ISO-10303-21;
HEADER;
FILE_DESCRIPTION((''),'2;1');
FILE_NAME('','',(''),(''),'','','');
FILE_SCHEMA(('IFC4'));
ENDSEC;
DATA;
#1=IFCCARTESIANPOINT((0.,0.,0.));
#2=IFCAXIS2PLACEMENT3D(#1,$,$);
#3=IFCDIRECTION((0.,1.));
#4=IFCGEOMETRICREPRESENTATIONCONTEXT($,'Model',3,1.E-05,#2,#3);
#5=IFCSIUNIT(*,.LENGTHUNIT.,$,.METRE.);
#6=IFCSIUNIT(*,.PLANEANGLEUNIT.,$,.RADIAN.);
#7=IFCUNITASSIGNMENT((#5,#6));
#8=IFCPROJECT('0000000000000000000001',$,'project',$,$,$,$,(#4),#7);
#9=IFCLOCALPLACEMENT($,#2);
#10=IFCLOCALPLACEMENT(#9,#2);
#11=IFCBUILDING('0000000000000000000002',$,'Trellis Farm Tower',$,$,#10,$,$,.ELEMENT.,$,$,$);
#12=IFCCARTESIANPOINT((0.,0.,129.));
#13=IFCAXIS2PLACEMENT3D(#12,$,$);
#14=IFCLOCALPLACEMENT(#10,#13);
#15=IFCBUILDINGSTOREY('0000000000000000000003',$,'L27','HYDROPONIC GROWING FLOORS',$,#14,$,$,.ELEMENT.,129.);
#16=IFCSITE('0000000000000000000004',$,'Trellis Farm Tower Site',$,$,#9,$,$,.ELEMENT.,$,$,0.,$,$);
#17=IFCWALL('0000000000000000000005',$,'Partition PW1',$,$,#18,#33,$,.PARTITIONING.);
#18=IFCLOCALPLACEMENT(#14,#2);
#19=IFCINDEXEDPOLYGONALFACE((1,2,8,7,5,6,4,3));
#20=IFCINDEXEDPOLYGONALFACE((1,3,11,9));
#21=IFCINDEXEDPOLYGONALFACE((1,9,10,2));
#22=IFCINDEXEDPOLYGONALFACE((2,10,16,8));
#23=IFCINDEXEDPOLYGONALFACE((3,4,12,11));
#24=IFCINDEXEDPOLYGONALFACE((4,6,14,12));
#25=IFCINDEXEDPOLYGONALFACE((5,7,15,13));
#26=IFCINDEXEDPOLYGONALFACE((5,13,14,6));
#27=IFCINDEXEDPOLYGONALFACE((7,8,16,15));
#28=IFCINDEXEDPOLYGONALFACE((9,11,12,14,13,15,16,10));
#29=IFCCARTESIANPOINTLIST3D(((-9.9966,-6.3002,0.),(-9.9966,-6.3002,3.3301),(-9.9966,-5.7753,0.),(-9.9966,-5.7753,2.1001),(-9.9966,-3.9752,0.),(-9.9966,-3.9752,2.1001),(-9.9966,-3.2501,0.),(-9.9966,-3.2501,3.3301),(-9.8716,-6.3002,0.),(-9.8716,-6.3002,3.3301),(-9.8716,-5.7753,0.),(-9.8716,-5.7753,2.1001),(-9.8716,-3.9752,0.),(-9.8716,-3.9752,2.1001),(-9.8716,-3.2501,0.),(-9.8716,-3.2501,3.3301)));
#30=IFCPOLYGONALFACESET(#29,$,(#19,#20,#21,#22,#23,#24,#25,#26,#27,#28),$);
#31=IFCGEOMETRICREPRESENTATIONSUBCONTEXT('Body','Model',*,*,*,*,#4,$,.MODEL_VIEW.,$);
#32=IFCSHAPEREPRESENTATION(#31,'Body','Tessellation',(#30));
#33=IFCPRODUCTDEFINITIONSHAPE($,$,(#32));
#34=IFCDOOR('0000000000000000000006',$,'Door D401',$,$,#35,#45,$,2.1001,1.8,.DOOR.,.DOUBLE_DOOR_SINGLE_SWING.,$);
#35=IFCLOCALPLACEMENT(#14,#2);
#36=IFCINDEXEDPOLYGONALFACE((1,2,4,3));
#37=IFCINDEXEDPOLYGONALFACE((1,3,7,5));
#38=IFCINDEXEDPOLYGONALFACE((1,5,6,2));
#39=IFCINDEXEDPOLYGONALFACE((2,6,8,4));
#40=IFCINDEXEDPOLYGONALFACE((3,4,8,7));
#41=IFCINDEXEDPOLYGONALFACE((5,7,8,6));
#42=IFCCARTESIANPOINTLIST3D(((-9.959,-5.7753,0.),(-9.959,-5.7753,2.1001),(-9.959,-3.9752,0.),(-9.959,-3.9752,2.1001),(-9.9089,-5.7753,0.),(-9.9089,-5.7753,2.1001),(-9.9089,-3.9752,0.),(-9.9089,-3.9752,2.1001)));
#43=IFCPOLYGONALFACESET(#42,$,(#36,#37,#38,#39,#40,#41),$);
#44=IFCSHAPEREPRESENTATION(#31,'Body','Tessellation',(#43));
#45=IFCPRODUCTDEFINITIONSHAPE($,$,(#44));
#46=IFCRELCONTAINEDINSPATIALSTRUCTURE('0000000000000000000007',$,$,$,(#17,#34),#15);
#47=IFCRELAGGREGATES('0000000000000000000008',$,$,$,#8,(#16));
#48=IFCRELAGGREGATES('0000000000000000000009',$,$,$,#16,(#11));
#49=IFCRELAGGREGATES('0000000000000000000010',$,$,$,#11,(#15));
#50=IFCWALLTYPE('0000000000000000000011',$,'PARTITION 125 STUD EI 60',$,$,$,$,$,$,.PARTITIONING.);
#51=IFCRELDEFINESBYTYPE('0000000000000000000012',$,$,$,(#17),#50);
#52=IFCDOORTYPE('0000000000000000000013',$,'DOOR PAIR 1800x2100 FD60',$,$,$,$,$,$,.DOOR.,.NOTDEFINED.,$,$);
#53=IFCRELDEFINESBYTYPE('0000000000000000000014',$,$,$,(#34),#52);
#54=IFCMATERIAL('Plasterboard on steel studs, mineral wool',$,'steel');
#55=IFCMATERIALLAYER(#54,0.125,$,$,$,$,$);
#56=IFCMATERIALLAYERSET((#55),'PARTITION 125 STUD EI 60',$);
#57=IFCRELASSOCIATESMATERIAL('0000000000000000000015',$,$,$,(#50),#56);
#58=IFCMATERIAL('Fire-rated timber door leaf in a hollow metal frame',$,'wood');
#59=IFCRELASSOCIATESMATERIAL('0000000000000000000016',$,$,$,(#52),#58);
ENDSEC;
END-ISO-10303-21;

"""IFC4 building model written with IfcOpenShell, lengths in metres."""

from ifc_helpers import new_model, si_unit, direction, frame, frame_2d, origin, place, context, subcontext, project, spatial, rectangle, extrude, source, transform, mapped, material, layer, layer_set, type_object, element, fill, save


model = new_model("IFC4")

# Units and contexts
model_context = context("Model", 3, precision=1e-05, world=origin(), true_north=direction((0.0, 1.0)))
body_context = subcontext(model_context, "Body", "Model", "MODEL_VIEW")
ifc_project = project(units=[si_unit("LENGTHUNIT", "METRE"), si_unit("PLANEANGLEUNIT", "RADIAN")], contexts=[model_context])

# Site, building, storey
site_placement = place(None, origin())
site = spatial("IfcSite", under=ifc_project, at=site_placement, Name="Trellis Farm Tower Site", CompositionType="ELEMENT", RefElevation=0.0)
building_placement = place(site_placement, origin())
building = spatial("IfcBuilding", under=site, at=building_placement, Name="Trellis Farm Tower", CompositionType="ELEMENT")
storey_placement = place(building_placement, frame((0.0, 0.0, 129.0)))
storey = spatial("IfcBuildingStorey", under=building, at=storey_placement, Name="L27", Description="HYDROPONIC GROWING FLOORS", CompositionType="ELEMENT", Elevation=129.0)

# Shared definitions
ifc_material_1 = material(Name="Plasterboard on steel studs, mineral wool", Category="steel")
ifc_layer_1 = layer(ifc_material_1, 0.125)
ifc_layer_set_1 = layer_set([ifc_layer_1], Name="PARTITION 125 STUD EI 60")
wall_type_1 = type_object("IfcWallType", Name="PARTITION 125 STUD EI 60", PredefinedType="PARTITIONING", material=ifc_layer_set_1)

# Wall, opening, door
shared_shape_1 = source(origin(), body_context, "Body", "SweptSolid", [
    extrude(rectangle(XDim=3.05, YDim=0.125, at=frame_2d((1.5249, 0.0))), origin(), (0.0, 0.0, 1.0), 3.3301),
])
wall_1_placement = place(storey_placement, frame((-9.9341, -6.3, 0.0), z_axis=(0.0, 0.0, 1.0), x_axis=(0.0, 1.0, 0.0)))
wall_1 = element("IfcWall", 1, at=wall_1_placement, inside=storey, type_object=wall_type_1, Name="Partition PW1", PredefinedType="PARTITIONING", context=body_context, shape_type="MappedRepresentation", body=[
    mapped(shared_shape_1, transform((0.0, 0.0, 0.0))),
])
shared_shape_2 = source(origin(), body_context, "Body", "SweptSolid", [
    extrude(rectangle(XDim=1.8, YDim=2.1001, at=frame_2d((0.8999, 1.05))), frame((0.0, 0.0725, 0.0), z_axis=(0.0, -1.0, 0.0), x_axis=(1.0, 0.0, 0.0)), (0.0, 0.0, 1.0), 0.145),
])
opening_1_placement = place(wall_1_placement, frame((0.5249, 0.0, 0.0)))
opening_1 = element("IfcOpeningElement", 2, at=opening_1_placement, cuts=wall_1, PredefinedType="OPENING", context=body_context, shape_type="MappedRepresentation", body=[
    mapped(shared_shape_2, transform((0.0, 0.0, 0.0))),
])
ifc_material_2 = material(Name="Fire-rated timber door leaf in a hollow metal frame", Category="wood")
door_type_1 = type_object("IfcDoorType", Name="DOOR PAIR 1800x2100 FD60", OperationType="NOTDEFINED", PredefinedType="DOOR", material=ifc_material_2)
shared_shape_3 = source(origin(), body_context, "Body", "SweptSolid", [
    extrude(rectangle(XDim=1.8, YDim=2.1001, at=frame_2d((0.8999, 1.05))), frame((0.0, 0.0249, 0.0), z_axis=(0.0, -1.0, 0.0), x_axis=(1.0, 0.0, 0.0)), (0.0, 0.0, 1.0), 0.05),
])
door_1_placement = place(opening_1_placement, origin())
door_1 = element("IfcDoor", 3, at=door_1_placement, inside=storey, type_object=door_type_1, Name="Door D401", OperationType="DOUBLE_DOOR_SINGLE_SWING", OverallHeight=2.1001, OverallWidth=1.8, PredefinedType="DOOR", context=body_context, shape_type="MappedRepresentation", body=[
    mapped(shared_shape_3, transform((0.0, 0.0, 0.0))),
])
fill(opening_1, door_1)

save(model, "model.ifc")
